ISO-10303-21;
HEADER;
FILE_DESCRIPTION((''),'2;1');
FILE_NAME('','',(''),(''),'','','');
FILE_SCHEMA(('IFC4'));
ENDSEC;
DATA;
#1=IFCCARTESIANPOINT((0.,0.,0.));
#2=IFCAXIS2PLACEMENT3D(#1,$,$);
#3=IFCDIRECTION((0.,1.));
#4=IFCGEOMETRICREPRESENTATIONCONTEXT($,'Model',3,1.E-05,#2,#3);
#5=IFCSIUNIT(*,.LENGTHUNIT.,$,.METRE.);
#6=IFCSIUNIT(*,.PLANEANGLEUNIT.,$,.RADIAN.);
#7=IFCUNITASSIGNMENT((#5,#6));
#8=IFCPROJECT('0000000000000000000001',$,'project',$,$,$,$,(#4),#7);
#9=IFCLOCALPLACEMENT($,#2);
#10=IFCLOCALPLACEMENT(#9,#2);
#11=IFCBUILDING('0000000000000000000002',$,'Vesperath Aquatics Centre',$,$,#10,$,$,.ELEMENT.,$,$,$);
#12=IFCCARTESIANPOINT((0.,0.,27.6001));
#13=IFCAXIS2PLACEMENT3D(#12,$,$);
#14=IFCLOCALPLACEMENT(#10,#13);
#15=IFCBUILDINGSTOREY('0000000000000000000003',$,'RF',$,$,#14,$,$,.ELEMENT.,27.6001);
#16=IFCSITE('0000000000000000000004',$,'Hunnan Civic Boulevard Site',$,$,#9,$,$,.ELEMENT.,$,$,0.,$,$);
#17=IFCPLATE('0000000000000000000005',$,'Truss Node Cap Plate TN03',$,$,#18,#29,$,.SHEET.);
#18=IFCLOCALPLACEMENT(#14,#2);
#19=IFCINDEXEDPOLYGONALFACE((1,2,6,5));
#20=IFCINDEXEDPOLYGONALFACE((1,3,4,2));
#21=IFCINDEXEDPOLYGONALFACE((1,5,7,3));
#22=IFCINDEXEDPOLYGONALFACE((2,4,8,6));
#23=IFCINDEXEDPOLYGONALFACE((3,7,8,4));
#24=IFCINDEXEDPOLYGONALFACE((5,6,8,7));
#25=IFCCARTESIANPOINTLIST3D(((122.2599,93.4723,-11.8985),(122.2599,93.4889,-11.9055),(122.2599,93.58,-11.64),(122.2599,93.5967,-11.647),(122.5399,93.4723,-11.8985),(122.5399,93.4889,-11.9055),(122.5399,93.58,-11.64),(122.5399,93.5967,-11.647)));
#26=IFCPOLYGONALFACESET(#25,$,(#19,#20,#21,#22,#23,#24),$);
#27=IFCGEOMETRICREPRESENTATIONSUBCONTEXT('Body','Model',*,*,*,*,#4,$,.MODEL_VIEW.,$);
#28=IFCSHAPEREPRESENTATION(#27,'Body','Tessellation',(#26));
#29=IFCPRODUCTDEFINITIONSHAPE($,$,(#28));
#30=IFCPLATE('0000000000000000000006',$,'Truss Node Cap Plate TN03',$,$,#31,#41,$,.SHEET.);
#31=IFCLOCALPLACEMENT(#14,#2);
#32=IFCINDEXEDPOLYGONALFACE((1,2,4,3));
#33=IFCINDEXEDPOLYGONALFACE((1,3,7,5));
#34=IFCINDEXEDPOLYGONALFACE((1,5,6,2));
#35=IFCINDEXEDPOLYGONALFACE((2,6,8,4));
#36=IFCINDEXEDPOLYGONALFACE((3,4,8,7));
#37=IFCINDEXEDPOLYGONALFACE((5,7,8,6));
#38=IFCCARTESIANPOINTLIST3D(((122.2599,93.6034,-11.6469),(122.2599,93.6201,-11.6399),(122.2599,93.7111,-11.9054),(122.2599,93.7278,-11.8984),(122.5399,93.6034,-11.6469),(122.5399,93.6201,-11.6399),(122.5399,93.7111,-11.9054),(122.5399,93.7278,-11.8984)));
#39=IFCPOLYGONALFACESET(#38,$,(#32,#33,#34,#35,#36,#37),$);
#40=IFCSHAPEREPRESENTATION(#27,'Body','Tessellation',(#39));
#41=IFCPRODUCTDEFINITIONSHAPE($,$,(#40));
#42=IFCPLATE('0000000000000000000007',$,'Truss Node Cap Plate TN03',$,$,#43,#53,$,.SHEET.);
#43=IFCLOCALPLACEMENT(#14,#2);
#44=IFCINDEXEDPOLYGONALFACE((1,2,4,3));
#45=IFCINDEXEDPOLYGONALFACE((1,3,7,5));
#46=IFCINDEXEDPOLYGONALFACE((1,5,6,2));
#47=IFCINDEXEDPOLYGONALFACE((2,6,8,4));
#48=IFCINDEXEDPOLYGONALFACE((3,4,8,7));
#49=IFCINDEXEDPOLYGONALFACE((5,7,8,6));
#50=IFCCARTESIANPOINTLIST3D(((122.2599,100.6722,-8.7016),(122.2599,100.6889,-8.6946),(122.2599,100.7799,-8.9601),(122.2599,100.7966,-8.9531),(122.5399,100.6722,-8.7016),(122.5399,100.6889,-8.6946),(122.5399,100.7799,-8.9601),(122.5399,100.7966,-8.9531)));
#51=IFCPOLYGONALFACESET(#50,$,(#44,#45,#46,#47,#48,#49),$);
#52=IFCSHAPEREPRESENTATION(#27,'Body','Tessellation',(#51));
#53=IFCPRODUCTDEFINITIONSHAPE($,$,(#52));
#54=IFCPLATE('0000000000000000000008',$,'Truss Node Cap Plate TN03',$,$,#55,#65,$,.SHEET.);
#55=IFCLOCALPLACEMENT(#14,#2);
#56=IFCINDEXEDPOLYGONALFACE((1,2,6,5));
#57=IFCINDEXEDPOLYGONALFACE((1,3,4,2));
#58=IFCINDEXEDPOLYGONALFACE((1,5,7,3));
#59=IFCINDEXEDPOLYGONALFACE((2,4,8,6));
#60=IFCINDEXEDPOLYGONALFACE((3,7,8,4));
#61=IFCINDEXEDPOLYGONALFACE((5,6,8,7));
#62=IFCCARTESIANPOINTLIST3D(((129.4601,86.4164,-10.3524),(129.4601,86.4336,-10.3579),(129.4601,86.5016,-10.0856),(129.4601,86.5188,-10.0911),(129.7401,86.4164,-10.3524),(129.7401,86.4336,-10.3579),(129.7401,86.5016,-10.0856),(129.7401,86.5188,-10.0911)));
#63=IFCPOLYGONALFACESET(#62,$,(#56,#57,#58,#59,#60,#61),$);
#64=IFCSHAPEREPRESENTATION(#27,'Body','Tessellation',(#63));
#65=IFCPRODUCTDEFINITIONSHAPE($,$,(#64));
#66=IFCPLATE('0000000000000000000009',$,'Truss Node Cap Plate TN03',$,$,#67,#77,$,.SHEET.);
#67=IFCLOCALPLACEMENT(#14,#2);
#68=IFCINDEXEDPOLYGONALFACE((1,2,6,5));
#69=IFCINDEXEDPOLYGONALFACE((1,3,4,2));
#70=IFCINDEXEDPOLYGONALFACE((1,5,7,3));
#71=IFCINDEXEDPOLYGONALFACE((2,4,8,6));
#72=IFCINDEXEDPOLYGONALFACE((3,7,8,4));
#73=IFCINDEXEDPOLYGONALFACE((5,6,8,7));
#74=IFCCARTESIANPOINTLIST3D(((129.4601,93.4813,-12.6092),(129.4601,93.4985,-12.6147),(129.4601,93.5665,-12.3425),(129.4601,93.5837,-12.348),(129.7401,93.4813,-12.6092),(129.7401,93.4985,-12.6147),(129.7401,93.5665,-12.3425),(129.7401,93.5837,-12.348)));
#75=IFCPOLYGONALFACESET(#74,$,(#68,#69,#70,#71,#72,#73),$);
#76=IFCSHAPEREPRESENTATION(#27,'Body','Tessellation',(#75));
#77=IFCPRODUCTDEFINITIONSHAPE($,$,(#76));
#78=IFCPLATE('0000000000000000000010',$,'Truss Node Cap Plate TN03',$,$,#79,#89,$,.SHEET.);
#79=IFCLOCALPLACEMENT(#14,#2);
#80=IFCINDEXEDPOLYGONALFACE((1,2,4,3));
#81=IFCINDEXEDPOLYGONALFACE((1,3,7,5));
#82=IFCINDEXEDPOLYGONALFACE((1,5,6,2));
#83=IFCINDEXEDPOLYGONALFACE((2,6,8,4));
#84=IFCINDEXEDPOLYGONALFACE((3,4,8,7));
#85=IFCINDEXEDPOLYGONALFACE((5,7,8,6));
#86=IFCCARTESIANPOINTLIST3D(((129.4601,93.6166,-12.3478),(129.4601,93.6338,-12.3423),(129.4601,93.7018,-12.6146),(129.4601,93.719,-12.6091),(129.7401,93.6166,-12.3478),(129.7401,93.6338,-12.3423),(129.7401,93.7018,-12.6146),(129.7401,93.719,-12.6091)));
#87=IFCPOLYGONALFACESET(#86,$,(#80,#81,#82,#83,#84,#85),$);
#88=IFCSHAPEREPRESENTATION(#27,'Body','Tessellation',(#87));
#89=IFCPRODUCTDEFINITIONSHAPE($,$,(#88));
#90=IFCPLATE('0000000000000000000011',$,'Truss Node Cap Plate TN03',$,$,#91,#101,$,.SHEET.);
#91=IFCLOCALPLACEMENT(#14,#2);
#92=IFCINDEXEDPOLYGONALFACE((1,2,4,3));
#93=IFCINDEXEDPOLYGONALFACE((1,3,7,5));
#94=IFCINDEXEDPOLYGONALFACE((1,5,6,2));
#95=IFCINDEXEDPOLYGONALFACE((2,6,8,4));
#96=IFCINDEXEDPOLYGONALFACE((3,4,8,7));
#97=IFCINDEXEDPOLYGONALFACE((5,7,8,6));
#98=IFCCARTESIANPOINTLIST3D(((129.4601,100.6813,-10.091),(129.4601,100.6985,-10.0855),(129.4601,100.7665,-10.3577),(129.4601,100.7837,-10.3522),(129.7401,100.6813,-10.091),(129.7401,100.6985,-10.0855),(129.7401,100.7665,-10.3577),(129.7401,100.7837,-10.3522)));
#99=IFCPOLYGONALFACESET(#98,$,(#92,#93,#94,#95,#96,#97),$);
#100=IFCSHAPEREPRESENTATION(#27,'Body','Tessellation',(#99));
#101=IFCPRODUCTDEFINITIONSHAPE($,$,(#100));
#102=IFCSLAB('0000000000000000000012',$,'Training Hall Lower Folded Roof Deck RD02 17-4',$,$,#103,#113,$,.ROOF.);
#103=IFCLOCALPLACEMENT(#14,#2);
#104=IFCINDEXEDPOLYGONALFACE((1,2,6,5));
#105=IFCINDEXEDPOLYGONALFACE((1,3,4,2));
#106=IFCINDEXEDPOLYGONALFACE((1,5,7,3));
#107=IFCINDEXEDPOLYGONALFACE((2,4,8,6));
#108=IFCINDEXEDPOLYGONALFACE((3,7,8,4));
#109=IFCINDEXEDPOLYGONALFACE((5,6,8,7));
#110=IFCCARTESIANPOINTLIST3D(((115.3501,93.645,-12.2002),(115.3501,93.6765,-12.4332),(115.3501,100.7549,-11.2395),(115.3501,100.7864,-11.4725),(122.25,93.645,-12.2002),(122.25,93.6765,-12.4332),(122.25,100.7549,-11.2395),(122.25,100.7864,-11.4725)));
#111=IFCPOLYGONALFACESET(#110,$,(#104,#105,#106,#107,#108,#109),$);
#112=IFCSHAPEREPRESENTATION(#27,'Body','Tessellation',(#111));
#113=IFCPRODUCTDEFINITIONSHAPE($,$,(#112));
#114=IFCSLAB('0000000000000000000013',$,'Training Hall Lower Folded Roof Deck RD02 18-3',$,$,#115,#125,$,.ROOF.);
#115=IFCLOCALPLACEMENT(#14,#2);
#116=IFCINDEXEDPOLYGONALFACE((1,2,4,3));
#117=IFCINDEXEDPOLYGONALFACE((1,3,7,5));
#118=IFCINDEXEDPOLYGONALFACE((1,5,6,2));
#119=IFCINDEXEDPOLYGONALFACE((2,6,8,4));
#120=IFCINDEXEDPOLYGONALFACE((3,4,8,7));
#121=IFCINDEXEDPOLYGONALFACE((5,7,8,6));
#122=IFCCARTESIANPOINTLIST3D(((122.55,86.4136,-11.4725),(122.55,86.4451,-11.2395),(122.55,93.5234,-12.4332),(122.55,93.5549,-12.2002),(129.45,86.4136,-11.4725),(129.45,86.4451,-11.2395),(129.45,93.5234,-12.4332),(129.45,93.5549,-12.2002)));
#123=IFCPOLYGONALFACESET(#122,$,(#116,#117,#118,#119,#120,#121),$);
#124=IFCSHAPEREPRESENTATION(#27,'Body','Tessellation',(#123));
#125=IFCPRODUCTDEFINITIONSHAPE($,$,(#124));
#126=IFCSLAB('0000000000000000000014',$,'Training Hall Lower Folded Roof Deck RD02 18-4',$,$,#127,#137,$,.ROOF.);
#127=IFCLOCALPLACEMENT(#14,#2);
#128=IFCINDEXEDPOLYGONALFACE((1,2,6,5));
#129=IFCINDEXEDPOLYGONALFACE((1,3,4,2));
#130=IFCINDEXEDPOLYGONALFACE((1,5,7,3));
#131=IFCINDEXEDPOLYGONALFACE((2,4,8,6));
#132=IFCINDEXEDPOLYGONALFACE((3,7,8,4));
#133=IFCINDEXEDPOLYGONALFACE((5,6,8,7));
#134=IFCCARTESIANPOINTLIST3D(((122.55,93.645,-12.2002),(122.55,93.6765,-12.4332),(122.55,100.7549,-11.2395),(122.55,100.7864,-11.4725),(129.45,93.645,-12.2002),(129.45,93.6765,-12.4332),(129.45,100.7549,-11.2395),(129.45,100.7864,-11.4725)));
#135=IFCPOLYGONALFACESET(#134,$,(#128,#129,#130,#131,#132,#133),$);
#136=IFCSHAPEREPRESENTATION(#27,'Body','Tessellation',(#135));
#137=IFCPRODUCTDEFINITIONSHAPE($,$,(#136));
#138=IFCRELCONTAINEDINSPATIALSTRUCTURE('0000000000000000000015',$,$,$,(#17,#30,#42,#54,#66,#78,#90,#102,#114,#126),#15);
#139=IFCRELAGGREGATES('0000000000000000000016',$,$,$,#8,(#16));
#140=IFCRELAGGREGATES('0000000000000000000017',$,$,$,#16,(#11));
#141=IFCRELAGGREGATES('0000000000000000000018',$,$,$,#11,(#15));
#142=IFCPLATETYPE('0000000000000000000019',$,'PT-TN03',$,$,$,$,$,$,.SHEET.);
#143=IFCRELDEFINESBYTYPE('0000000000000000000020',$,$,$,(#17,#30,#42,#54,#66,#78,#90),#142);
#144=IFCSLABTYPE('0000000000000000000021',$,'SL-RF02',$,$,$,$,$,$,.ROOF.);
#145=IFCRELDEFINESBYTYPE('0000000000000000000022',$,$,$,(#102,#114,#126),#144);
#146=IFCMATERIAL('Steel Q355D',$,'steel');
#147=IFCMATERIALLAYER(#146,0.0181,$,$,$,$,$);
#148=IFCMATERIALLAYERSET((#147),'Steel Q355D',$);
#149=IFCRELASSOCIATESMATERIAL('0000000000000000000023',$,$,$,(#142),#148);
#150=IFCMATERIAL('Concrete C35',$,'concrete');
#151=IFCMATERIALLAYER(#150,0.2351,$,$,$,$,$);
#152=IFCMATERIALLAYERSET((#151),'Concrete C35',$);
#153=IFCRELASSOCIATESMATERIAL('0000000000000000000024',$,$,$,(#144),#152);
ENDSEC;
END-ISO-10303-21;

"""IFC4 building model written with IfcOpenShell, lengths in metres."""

from ifc_helpers import new_model, si_unit, direction, frame, origin, origin_2d, place, context, subcontext, project, spatial, polyline, rectangle, outline, extrude, material, layer, layer_set, type_object, element, save


model = new_model("IFC4")

# Units and contexts
model_context = context("Model", 3, precision=1e-05, world=origin(), true_north=direction((0.0, 1.0)))
body_context = subcontext(model_context, "Body", "Model", "MODEL_VIEW")
ifc_project = project(units=[si_unit("LENGTHUNIT", "METRE"), si_unit("PLANEANGLEUNIT", "RADIAN")], contexts=[model_context])

# Site, building, storey
site_placement = place(None, origin())
site = spatial("IfcSite", under=ifc_project, at=site_placement, Name="Hunnan Civic Boulevard Site", CompositionType="ELEMENT", RefElevation=0.0)
building_placement = place(site_placement, origin())
building = spatial("IfcBuilding", under=site, at=building_placement, Name="Vesperath Aquatics Centre", CompositionType="ELEMENT")
storey_placement = place(building_placement, frame((0.0, 0.0, 27.6001)))
storey = spatial("IfcBuildingStorey", under=building, at=storey_placement, Name="RF", CompositionType="ELEMENT", Elevation=27.6001)

# Shared definitions
ifc_material_1 = material(Name="Steel Q355D", Category="steel")

# Plates
ifc_layer_1 = layer(ifc_material_1, 0.0181)
ifc_layer_set_1 = layer_set([ifc_layer_1], Name="Steel Q355D")
plate_type = type_object("IfcPlateType", Name="PT-TN03", PredefinedType="SHEET", material=ifc_layer_set_1)
for number, where, z_axis, x_axis, name in (
    (1, (122.3999, 93.5261, -11.7693), (0.0, 0.923077, -0.384615), (-1.0, 0.0, 0.0), "Truss Node Cap Plate TN03"),
    (2, (122.3999, 93.6572, -11.7761), (0.0, 0.923077, 0.384615), (-1.0, 0.0, 0.0), "Truss Node Cap Plate TN03"),
    (3, (122.3999, 100.7261, -8.8308), (0.0, 0.923077, 0.384615), (-1.0, 0.0, 0.0), "Truss Node Cap Plate TN03"),
    (4, (129.6001, 86.459, -10.219), (0.0, 0.952578, -0.304296), (-1.0, 0.0, 0.0), "Truss Node Cap Plate TN03"),
    (5, (129.6001, 93.5239, -12.4758), (0.0, 0.952578, -0.304296), (-1.0, 0.0, 0.0), "Truss Node Cap Plate TN03"),
    (6, (129.6001, 93.6592, -12.4812), (0.0, 0.952578, 0.304296), (-1.0, 0.0, 0.0), "Truss Node Cap Plate TN03"),
    (7, (129.6001, 100.7239, -10.2244), (0.0, 0.952578, 0.304296), (-1.0, 0.0, 0.0), "Truss Node Cap Plate TN03"),
):
    element("IfcPlate", number, at=place(storey_placement, frame(where, z_axis=z_axis, x_axis=x_axis)), inside=storey, type_object=plate_type, Name=name, PredefinedType="SHEET", context=body_context, shape_type="SweptSolid", body=[
        extrude(rectangle(XDim=0.28, YDim=0.28, at=origin_2d()), origin(), (0.0, 0.0, 1.0), 0.0181),
    ])

# Slabs
ifc_material_2 = material(Name="Concrete C35", Category="concrete")
ifc_layer_2 = layer(ifc_material_2, 0.2351)
ifc_layer_set_2 = layer_set([ifc_layer_2], Name="Concrete C35")
slab_type = type_object("IfcSlabType", Name="SL-RF02", PredefinedType="ROOF", material=ifc_layer_set_2)
for number, where, z_axis, x_axis, name in (
    (8, (115.3501, 93.645, -12.2002), (0.0, -0.133904, 0.990994), (1.0, 0.0, 0.0), "Training Hall Lower Folded Roof Deck RD02 17-4"),
    (9, (122.55, 86.4451, -11.2395), (0.0, 0.133904, 0.990994), (1.0, 0.0, 0.0), "Training Hall Lower Folded Roof Deck RD02 18-3"),
    (10, (122.55, 93.645, -12.2002), (0.0, -0.133904, 0.990994), (1.0, 0.0, 0.0), "Training Hall Lower Folded Roof Deck RD02 18-4"),
):
    element("IfcSlab", number, at=place(storey_placement, frame(where, z_axis=z_axis, x_axis=x_axis)), inside=storey, type_object=slab_type, Name=name, PredefinedType="ROOF", context=body_context, shape_type="SweptSolid", body=[
        extrude(outline(polyline([(0.0, 0.0), (6.8999, 0.0), (6.8999, 7.1745), (0.0, 7.1745), (0.0, 0.0)])), origin(), (0.0, 0.0, -1.0), 0.2351),
    ])

save(model, "model.ifc")
